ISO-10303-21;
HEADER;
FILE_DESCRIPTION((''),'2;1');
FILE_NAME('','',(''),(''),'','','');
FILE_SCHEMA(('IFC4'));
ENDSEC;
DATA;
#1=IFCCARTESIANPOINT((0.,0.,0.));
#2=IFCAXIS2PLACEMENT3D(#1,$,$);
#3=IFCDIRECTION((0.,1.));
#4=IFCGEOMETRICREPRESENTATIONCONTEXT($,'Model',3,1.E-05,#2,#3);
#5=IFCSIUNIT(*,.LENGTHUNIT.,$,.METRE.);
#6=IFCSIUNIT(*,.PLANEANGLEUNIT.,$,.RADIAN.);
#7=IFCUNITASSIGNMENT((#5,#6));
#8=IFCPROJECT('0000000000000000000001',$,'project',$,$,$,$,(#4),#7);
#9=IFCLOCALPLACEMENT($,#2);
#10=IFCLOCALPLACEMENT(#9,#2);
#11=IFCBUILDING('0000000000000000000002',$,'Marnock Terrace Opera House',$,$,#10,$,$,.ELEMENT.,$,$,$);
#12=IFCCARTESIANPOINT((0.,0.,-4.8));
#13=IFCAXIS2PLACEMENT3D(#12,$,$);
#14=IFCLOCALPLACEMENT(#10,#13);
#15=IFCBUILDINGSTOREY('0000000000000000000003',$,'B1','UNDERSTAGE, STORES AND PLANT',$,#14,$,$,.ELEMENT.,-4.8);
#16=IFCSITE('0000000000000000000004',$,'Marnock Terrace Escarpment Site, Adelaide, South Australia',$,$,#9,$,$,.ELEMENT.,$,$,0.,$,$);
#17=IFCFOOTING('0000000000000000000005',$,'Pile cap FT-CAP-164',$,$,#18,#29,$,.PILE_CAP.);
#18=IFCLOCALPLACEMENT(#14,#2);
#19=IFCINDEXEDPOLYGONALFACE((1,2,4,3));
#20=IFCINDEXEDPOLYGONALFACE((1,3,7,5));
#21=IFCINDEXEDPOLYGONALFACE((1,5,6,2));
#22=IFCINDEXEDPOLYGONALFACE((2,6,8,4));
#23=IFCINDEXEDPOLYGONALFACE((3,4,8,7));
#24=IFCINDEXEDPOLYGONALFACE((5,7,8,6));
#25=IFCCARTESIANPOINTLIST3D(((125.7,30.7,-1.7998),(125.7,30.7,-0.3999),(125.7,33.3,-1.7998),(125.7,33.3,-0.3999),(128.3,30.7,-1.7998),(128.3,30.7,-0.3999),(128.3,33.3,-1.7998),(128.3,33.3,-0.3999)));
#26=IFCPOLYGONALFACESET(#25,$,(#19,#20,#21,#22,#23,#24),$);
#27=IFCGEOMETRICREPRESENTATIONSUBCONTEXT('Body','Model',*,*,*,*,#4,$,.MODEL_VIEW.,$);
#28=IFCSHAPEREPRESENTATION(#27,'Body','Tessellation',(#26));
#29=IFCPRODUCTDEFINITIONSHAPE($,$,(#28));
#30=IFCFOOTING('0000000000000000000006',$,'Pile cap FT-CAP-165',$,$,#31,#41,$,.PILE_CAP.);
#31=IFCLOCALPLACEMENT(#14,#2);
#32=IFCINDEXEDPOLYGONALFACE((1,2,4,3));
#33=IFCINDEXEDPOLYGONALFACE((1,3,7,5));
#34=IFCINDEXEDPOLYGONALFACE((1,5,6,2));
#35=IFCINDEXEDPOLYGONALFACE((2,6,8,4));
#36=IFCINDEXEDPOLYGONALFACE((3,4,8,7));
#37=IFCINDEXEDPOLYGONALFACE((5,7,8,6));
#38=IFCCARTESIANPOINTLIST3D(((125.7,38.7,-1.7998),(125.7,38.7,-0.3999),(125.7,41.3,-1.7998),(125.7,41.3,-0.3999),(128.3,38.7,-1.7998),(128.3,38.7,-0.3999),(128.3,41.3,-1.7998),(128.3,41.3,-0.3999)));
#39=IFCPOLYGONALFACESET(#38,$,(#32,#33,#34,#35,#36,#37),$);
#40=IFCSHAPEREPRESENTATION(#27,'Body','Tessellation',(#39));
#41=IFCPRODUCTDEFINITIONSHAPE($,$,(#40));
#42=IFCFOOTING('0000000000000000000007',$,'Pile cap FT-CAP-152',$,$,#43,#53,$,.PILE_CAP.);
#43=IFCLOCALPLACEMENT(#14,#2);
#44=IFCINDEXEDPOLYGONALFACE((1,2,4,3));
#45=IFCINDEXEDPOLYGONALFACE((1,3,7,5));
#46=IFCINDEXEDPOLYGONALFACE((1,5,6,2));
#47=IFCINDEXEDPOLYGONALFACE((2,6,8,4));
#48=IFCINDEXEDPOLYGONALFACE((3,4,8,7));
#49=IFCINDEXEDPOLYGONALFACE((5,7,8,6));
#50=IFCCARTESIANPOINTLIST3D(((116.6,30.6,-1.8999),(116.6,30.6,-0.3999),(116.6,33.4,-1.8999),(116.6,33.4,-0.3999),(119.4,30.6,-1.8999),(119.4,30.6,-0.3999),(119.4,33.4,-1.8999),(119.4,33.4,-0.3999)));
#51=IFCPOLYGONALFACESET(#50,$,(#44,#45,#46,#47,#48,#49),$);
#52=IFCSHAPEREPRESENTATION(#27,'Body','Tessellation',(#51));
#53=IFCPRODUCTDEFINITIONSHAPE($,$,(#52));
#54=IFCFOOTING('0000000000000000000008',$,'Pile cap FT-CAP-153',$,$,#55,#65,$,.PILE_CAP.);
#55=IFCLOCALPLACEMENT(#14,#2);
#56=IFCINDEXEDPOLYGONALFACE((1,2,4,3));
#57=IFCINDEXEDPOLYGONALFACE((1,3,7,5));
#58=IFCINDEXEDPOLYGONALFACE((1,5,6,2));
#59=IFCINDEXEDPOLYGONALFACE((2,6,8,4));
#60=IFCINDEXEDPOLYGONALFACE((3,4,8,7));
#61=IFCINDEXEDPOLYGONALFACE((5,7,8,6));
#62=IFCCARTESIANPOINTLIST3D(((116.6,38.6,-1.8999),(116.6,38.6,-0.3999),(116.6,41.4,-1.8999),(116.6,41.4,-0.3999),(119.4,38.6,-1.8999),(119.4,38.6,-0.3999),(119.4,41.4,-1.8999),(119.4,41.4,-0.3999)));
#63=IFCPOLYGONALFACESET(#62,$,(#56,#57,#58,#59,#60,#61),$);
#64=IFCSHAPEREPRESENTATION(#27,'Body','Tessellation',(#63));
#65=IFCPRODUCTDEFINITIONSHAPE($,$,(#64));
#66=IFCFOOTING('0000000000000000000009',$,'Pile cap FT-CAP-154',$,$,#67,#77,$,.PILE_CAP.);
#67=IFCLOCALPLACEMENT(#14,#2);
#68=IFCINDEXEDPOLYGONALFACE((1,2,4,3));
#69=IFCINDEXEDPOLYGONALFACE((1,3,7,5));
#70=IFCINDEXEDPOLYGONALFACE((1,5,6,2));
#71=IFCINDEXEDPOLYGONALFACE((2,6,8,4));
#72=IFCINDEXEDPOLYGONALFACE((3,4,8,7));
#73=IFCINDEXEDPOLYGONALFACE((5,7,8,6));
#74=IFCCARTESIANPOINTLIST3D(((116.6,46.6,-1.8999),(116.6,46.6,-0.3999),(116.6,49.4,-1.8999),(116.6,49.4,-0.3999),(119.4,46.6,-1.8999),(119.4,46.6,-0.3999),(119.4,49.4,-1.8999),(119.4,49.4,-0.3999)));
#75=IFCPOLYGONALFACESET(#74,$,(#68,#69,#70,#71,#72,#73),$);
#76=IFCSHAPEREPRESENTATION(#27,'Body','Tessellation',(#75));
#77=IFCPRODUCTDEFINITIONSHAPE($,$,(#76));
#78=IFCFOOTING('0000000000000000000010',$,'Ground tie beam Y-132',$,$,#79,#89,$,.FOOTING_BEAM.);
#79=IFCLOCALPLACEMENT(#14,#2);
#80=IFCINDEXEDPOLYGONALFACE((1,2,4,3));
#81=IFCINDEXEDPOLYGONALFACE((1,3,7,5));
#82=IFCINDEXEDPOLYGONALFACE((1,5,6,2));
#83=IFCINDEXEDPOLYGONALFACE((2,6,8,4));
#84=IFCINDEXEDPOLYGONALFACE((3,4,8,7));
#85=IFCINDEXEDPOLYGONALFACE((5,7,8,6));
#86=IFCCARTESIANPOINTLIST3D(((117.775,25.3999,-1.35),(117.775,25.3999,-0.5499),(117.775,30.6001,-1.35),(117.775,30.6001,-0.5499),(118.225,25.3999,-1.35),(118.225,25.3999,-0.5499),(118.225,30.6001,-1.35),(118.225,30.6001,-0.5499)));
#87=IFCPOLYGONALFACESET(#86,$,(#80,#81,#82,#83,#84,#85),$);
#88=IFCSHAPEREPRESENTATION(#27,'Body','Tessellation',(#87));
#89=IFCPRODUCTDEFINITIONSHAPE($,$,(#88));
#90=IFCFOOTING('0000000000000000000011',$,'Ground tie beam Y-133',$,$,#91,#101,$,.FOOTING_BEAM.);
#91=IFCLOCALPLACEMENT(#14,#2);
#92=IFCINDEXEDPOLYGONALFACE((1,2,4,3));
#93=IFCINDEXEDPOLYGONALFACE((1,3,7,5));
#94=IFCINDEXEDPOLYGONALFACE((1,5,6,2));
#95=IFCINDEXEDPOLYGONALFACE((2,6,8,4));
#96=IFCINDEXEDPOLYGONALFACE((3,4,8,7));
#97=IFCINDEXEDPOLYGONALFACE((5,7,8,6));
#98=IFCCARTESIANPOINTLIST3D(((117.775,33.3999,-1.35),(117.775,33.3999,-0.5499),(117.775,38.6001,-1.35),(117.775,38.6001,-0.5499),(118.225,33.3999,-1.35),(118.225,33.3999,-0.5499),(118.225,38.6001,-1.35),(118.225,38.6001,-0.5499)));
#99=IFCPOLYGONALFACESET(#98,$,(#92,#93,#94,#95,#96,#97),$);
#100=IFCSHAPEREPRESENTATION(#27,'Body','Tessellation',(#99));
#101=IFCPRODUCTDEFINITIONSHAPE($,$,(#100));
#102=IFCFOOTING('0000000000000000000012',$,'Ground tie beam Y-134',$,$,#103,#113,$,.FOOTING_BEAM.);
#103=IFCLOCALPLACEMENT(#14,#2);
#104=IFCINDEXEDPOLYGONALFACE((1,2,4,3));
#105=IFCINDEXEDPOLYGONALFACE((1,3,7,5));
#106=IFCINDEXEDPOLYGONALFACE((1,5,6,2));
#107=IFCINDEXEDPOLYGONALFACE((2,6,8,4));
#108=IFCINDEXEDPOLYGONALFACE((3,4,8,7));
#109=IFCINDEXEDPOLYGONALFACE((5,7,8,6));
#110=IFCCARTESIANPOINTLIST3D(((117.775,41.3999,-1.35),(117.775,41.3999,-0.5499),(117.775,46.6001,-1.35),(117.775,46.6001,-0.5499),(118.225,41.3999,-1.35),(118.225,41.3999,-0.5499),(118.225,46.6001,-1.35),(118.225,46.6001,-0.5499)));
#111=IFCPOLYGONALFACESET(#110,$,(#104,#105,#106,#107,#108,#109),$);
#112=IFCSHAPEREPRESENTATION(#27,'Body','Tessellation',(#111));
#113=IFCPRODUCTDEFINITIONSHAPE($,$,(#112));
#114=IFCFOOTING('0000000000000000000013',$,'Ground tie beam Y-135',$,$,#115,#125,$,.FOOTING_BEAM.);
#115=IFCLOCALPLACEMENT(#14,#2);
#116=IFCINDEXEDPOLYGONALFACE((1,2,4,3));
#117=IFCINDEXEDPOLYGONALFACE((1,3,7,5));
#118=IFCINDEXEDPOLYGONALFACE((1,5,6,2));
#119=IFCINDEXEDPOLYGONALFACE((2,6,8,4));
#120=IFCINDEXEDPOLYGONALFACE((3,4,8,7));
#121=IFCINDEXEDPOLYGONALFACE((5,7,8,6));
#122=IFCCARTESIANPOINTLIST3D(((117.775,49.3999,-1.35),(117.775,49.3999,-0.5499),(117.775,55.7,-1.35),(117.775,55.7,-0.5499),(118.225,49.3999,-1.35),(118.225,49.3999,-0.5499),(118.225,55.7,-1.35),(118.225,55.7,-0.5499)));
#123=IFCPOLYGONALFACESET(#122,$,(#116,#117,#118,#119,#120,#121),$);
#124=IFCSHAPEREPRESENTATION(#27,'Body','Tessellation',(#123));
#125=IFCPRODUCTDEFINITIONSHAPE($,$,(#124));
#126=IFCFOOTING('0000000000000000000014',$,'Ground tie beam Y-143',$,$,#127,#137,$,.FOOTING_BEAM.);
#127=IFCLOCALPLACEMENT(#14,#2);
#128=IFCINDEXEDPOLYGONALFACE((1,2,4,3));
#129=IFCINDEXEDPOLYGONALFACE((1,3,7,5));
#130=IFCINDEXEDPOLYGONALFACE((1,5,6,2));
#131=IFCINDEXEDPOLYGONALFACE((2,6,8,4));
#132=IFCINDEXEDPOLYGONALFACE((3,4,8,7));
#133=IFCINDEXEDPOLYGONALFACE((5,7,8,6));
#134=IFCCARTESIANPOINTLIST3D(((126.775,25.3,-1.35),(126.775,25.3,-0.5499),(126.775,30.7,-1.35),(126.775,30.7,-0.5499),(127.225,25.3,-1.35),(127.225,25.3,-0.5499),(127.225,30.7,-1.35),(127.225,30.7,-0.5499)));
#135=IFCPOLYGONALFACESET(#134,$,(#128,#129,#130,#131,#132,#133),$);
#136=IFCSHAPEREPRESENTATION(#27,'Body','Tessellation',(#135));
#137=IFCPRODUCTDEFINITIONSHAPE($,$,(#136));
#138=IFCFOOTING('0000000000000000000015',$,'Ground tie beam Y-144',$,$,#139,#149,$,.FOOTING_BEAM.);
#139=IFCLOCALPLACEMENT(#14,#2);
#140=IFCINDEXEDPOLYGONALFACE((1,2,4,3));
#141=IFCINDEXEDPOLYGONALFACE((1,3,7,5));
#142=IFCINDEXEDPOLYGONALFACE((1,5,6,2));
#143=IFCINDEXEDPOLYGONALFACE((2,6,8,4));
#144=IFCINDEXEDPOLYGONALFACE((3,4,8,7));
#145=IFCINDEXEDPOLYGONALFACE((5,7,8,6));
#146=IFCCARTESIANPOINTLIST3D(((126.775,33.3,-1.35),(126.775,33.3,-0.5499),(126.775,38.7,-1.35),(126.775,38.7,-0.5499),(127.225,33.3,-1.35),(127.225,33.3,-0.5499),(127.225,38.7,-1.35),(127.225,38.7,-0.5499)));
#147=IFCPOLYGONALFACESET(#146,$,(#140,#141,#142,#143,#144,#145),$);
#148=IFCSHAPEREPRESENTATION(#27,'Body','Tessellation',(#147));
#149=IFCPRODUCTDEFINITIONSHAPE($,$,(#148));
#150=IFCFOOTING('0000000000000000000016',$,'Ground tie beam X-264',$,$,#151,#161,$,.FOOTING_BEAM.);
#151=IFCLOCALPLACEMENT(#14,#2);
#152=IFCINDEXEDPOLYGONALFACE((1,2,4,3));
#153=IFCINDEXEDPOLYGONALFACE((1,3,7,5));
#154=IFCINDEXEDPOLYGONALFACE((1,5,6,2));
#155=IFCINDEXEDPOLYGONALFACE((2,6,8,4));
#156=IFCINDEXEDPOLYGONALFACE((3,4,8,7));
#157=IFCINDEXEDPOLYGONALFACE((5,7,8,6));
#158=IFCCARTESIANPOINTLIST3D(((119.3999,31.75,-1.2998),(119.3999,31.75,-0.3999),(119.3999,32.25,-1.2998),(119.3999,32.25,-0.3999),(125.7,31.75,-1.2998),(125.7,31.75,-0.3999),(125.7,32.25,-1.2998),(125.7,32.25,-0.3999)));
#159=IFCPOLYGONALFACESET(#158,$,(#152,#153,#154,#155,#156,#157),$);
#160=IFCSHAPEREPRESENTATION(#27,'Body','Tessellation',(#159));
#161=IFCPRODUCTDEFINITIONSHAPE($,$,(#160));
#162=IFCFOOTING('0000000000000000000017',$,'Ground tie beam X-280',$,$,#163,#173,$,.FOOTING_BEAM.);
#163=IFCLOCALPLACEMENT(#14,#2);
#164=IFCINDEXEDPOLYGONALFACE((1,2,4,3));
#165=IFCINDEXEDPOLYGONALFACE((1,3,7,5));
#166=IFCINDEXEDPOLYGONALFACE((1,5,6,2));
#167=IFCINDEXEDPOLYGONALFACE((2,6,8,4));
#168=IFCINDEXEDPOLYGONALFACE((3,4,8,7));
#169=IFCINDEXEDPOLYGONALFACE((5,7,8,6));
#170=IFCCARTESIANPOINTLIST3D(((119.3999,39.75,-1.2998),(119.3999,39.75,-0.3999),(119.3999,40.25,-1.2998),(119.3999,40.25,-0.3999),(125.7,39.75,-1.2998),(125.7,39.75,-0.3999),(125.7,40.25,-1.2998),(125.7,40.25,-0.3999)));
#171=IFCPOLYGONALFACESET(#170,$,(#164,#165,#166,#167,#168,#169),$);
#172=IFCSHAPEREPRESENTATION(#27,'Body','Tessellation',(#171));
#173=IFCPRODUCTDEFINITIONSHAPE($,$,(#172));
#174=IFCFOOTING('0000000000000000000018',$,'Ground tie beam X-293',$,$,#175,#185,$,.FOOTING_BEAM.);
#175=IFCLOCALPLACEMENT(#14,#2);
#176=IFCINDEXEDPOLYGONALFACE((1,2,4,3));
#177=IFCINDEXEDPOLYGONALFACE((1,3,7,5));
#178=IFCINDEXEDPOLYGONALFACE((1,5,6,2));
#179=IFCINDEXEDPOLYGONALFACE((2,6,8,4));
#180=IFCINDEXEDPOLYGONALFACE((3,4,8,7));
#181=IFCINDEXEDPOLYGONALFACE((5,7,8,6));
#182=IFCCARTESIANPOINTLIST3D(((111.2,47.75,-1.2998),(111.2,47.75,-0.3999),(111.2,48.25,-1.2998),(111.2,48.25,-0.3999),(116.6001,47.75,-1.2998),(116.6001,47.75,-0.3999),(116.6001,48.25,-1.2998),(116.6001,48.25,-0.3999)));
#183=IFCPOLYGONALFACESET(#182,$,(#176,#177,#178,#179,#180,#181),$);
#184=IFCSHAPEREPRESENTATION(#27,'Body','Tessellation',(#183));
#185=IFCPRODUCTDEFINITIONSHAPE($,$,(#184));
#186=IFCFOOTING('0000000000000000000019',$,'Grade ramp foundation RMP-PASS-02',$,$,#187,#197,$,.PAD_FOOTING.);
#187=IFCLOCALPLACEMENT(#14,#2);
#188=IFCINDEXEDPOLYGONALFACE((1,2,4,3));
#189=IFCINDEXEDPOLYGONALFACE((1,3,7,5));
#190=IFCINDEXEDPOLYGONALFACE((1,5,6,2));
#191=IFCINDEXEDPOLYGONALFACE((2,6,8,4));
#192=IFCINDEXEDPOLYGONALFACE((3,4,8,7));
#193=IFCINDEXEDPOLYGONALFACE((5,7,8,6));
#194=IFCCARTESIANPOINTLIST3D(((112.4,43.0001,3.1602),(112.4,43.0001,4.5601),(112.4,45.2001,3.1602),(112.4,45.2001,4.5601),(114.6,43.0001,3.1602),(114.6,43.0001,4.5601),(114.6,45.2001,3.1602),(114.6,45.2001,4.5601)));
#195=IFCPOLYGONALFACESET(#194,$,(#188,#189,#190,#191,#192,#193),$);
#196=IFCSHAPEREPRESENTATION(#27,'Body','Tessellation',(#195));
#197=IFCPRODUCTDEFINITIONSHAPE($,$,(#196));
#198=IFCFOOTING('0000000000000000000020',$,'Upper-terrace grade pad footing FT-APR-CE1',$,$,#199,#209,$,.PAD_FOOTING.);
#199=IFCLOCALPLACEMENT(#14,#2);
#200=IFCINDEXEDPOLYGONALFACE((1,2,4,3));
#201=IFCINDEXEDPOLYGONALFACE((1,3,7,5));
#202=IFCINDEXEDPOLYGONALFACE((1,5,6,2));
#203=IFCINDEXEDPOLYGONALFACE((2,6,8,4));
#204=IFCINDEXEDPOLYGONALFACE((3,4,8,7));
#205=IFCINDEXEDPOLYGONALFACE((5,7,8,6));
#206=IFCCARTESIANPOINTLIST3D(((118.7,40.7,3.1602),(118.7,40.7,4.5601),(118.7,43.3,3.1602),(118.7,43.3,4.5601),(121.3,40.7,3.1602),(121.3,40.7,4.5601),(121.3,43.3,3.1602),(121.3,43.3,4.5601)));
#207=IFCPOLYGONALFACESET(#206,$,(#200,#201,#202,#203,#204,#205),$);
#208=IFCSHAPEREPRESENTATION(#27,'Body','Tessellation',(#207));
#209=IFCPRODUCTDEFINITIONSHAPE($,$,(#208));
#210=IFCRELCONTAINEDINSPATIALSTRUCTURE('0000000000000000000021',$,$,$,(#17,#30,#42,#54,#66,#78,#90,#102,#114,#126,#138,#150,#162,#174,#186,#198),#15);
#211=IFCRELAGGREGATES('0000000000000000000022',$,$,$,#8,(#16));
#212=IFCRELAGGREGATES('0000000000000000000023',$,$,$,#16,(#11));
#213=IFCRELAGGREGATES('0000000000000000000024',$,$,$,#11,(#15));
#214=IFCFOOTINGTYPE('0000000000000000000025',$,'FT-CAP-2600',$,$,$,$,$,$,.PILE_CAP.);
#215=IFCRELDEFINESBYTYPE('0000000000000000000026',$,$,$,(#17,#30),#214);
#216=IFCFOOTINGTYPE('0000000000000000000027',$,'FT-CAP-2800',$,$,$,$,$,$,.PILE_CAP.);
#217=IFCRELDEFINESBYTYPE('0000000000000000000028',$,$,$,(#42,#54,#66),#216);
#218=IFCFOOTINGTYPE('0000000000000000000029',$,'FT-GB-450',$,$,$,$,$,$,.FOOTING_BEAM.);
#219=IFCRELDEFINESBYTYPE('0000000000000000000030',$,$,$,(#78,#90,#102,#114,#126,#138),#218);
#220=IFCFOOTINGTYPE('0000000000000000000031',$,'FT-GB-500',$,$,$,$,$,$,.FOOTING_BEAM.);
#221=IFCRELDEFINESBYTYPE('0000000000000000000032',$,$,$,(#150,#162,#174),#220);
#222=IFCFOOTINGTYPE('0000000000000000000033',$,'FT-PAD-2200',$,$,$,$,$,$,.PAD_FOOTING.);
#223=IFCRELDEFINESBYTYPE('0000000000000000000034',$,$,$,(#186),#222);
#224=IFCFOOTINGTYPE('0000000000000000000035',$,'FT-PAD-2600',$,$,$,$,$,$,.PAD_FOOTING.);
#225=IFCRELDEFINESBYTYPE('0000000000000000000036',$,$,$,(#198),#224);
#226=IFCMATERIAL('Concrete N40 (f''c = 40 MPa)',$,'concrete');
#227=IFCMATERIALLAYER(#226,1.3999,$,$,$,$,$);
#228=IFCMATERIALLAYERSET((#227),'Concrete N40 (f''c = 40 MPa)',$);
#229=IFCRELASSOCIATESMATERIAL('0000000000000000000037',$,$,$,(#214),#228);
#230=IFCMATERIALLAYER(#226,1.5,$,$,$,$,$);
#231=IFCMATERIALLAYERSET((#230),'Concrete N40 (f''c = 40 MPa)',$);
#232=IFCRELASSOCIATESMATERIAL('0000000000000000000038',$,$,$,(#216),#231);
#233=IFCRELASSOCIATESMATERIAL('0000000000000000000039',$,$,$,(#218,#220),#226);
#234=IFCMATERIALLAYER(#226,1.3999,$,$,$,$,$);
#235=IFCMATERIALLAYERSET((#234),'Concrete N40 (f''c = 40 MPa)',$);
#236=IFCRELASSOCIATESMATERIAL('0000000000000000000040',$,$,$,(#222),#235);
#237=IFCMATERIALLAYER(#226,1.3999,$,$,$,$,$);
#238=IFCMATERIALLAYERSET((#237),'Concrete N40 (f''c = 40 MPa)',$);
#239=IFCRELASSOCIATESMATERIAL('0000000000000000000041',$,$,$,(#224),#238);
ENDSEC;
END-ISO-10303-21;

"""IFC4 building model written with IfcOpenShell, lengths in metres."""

from ifc_helpers import new_model, si_unit, direction, frame, origin, origin_2d, place, context, subcontext, project, spatial, rectangle, extrude, material, layer, layer_set, material_profile, profile_set, type_object, element, save


model = new_model("IFC4")

# Units and contexts
model_context = context("Model", 3, precision=1e-05, world=origin(), true_north=direction((0.0, 1.0)))
body_context = subcontext(model_context, "Body", "Model", "MODEL_VIEW")
ifc_project = project(units=[si_unit("LENGTHUNIT", "METRE"), si_unit("PLANEANGLEUNIT", "RADIAN")], contexts=[model_context])

# Site, building, storey
site_placement = place(None, origin())
site = spatial("IfcSite", under=ifc_project, at=site_placement, Name="Marnock Terrace Escarpment Site, Adelaide, South Australia", CompositionType="ELEMENT", RefElevation=0.0)
building_placement = place(site_placement, origin())
building = spatial("IfcBuilding", under=site, at=building_placement, Name="Marnock Terrace Opera House", CompositionType="ELEMENT")
storey_placement = place(building_placement, frame((0.0, 0.0, -4.8)))
storey = spatial("IfcBuildingStorey", under=building, at=storey_placement, Name="B1", Description="UNDERSTAGE, STORES AND PLANT", CompositionType="ELEMENT", Elevation=-4.8)

# Footings
ifc_material_1 = material(Name="Concrete N40 (f'c = 40 MPa)", Category="concrete")
ifc_layer_1 = layer(ifc_material_1, 1.3999)
ifc_layer_set_1 = layer_set([ifc_layer_1], Name="Concrete N40 (f'c = 40 MPa)")
footing_type_1 = type_object("IfcFootingType", Name="FT-CAP-2600", PredefinedType="PILE_CAP", material=ifc_layer_set_1)
for number, where, z_axis, x_axis, name in (
    (1, (127.0, 32.0, -1.7998), (0.0, 0.0, 1.0), (1.0, 0.0, 0.0), "Pile cap FT-CAP-164"),
    (2, (127.0, 40.0, -1.7998), (0.0, 0.0, 1.0), (1.0, 0.0, 0.0), "Pile cap FT-CAP-165"),
):
    element("IfcFooting", number, at=place(storey_placement, frame(where, z_axis=z_axis, x_axis=x_axis)), inside=storey, type_object=footing_type_1, Name=name, PredefinedType="PILE_CAP", context=body_context, shape_type="SweptSolid", body=[
        extrude(rectangle(XDim=2.6001, YDim=2.6001, at=origin_2d()), origin(), (0.0, 0.0, 1.0), 1.3999),
    ])
ifc_layer_2 = layer(ifc_material_1, 1.5)
ifc_layer_set_2 = layer_set([ifc_layer_2], Name="Concrete N40 (f'c = 40 MPa)")
footing_type_2 = type_object("IfcFootingType", Name="FT-CAP-2800", PredefinedType="PILE_CAP", material=ifc_layer_set_2)
for number, where, z_axis, x_axis, name in (
    (3, (118.0, 32.0, -1.8999), (0.0, 0.0, 1.0), (1.0, 0.0, 0.0), "Pile cap FT-CAP-152"),
    (4, (118.0, 40.0, -1.8999), (0.0, 0.0, 1.0), (1.0, 0.0, 0.0), "Pile cap FT-CAP-153"),
    (5, (118.0, 48.0, -1.8999), (0.0, 0.0, 1.0), (1.0, 0.0, 0.0), "Pile cap FT-CAP-154"),
):
    element("IfcFooting", number, at=place(storey_placement, frame(where, z_axis=z_axis, x_axis=x_axis)), inside=storey, type_object=footing_type_2, Name=name, PredefinedType="PILE_CAP", context=body_context, shape_type="SweptSolid", body=[
        extrude(rectangle(XDim=2.8, YDim=2.8, at=origin_2d()), origin(), (0.0, 0.0, 1.0), 1.5),
    ])
ifc_material_profile_1 = material_profile(ifc_material_1, rectangle(XDim=0.45, YDim=0.8, at=origin_2d()))
ifc_profile_set_1 = profile_set([ifc_material_profile_1], Name="Concrete N40 (f'c = 40 MPa)")
footing_type_3 = type_object("IfcFootingType", Name="FT-GB-450", PredefinedType="FOOTING_BEAM", material=ifc_profile_set_1)
for number, where, z_axis, x_axis, name in (
    (6, (118.0, 25.3999, -0.95), (0.0, 1.0, 0.0), (-1.0, 0.0, 0.0), "Ground tie beam Y-132"),
    (7, (118.0, 33.3999, -0.95), (0.0, 1.0, 0.0), (-1.0, 0.0, 0.0), "Ground tie beam Y-133"),
    (8, (118.0, 41.3999, -0.95), (0.0, 1.0, 0.0), (-1.0, 0.0, 0.0), "Ground tie beam Y-134"),
):
    element("IfcFooting", number, at=place(storey_placement, frame(where, z_axis=z_axis, x_axis=x_axis)), inside=storey, type_object=footing_type_3, Name=name, PredefinedType="FOOTING_BEAM", context=body_context, shape_type="SweptSolid", body=[
        extrude(rectangle(XDim=0.45, YDim=0.8, at=origin_2d()), origin(), (0.0, 0.0, 1.0), 5.2002),
    ])
footing_1_placement = place(storey_placement, frame((118.0, 49.3999, -0.95), z_axis=(0.0, 1.0, 0.0), x_axis=(-1.0, 0.0, 0.0)))
element("IfcFooting", 9, at=footing_1_placement, inside=storey, type_object=footing_type_3, Name="Ground tie beam Y-135", PredefinedType="FOOTING_BEAM", context=body_context, shape_type="SweptSolid", body=[
    extrude(rectangle(XDim=0.45, YDim=0.8, at=origin_2d()), origin(), (0.0, 0.0, 1.0), 6.3),
])
for number, where, z_axis, x_axis, name in (
    (10, (127.0, 25.3, -0.95), (0.0, 1.0, 0.0), (-1.0, 0.0, 0.0), "Ground tie beam Y-143"),
    (11, (127.0, 33.3, -0.95), (0.0, 1.0, 0.0), (-1.0, 0.0, 0.0), "Ground tie beam Y-144"),
):
    element("IfcFooting", number, at=place(storey_placement, frame(where, z_axis=z_axis, x_axis=x_axis)), inside=storey, type_object=footing_type_3, Name=name, PredefinedType="FOOTING_BEAM", context=body_context, shape_type="SweptSolid", body=[
        extrude(rectangle(XDim=0.45, YDim=0.8, at=origin_2d()), origin(), (0.0, 0.0, 1.0), 5.3999),
    ])
ifc_material_profile_2 = material_profile(ifc_material_1, rectangle(XDim=0.5, YDim=0.8999, at=origin_2d()))
ifc_profile_set_2 = profile_set([ifc_material_profile_2], Name="Concrete N40 (f'c = 40 MPa)")
footing_type_4 = type_object("IfcFootingType", Name="FT-GB-500", PredefinedType="FOOTING_BEAM", material=ifc_profile_set_2)
for number, where, z_axis, x_axis, name in (
    (12, (119.3999, 32.0, -0.8499), (1.0, 0.0, 0.0), (0.0, 1.0, 0.0), "Ground tie beam X-264"),
    (13, (119.3999, 40.0, -0.8499), (1.0, 0.0, 0.0), (0.0, 1.0, 0.0), "Ground tie beam X-280"),
):
    element("IfcFooting", number, at=place(storey_placement, frame(where, z_axis=z_axis, x_axis=x_axis)), inside=storey, type_object=footing_type_4, Name=name, PredefinedType="FOOTING_BEAM", context=body_context, shape_type="SweptSolid", body=[
        extrude(rectangle(XDim=0.5, YDim=0.8999, at=origin_2d()), origin(), (0.0, 0.0, 1.0), 6.3),
    ])
footing_2_placement = place(storey_placement, frame((111.2, 48.0, -0.8499), z_axis=(1.0, 0.0, 0.0), x_axis=(0.0, 1.0, 0.0)))
element("IfcFooting", 14, at=footing_2_placement, inside=storey, type_object=footing_type_4, Name="Ground tie beam X-293", PredefinedType="FOOTING_BEAM", context=body_context, shape_type="SweptSolid", body=[
    extrude(rectangle(XDim=0.5, YDim=0.8999, at=origin_2d()), origin(), (0.0, 0.0, 1.0), 5.4001),
])
ifc_layer_3 = layer(ifc_material_1, 1.3999)
ifc_layer_set_3 = layer_set([ifc_layer_3], Name="Concrete N40 (f'c = 40 MPa)")
footing_type_5 = type_object("IfcFootingType", Name="FT-PAD-2200", PredefinedType="PAD_FOOTING", material=ifc_layer_set_3)
footing_3_placement = place(storey_placement, frame((113.5, 44.1001, 3.1602), z_axis=(0.0, 0.0, 1.0), x_axis=(1.0, 0.0, 0.0)))
element("IfcFooting", 15, at=footing_3_placement, inside=storey, type_object=footing_type_5, Name="Grade ramp foundation RMP-PASS-02", PredefinedType="PAD_FOOTING", context=body_context, shape_type="SweptSolid", body=[
    extrude(rectangle(XDim=2.2, YDim=2.2, at=origin_2d()), origin(), (0.0, 0.0, 1.0), 1.3999),
])
ifc_layer_4 = layer(ifc_material_1, 1.3999)
ifc_layer_set_4 = layer_set([ifc_layer_4], Name="Concrete N40 (f'c = 40 MPa)")
footing_type_6 = type_object("IfcFootingType", Name="FT-PAD-2600", PredefinedType="PAD_FOOTING", material=ifc_layer_set_4)
footing_4_placement = place(storey_placement, frame((120.0, 42.0, 3.1602), z_axis=(0.0, 0.0, 1.0), x_axis=(1.0, 0.0, 0.0)))
element("IfcFooting", 16, at=footing_4_placement, inside=storey, type_object=footing_type_6, Name="Upper-terrace grade pad footing FT-APR-CE1", PredefinedType="PAD_FOOTING", context=body_context, shape_type="SweptSolid", body=[
    extrude(rectangle(XDim=2.6001, YDim=2.6001, at=origin_2d()), origin(), (0.0, 0.0, 1.0), 1.3999),
])

save(model, "model.ifc")
